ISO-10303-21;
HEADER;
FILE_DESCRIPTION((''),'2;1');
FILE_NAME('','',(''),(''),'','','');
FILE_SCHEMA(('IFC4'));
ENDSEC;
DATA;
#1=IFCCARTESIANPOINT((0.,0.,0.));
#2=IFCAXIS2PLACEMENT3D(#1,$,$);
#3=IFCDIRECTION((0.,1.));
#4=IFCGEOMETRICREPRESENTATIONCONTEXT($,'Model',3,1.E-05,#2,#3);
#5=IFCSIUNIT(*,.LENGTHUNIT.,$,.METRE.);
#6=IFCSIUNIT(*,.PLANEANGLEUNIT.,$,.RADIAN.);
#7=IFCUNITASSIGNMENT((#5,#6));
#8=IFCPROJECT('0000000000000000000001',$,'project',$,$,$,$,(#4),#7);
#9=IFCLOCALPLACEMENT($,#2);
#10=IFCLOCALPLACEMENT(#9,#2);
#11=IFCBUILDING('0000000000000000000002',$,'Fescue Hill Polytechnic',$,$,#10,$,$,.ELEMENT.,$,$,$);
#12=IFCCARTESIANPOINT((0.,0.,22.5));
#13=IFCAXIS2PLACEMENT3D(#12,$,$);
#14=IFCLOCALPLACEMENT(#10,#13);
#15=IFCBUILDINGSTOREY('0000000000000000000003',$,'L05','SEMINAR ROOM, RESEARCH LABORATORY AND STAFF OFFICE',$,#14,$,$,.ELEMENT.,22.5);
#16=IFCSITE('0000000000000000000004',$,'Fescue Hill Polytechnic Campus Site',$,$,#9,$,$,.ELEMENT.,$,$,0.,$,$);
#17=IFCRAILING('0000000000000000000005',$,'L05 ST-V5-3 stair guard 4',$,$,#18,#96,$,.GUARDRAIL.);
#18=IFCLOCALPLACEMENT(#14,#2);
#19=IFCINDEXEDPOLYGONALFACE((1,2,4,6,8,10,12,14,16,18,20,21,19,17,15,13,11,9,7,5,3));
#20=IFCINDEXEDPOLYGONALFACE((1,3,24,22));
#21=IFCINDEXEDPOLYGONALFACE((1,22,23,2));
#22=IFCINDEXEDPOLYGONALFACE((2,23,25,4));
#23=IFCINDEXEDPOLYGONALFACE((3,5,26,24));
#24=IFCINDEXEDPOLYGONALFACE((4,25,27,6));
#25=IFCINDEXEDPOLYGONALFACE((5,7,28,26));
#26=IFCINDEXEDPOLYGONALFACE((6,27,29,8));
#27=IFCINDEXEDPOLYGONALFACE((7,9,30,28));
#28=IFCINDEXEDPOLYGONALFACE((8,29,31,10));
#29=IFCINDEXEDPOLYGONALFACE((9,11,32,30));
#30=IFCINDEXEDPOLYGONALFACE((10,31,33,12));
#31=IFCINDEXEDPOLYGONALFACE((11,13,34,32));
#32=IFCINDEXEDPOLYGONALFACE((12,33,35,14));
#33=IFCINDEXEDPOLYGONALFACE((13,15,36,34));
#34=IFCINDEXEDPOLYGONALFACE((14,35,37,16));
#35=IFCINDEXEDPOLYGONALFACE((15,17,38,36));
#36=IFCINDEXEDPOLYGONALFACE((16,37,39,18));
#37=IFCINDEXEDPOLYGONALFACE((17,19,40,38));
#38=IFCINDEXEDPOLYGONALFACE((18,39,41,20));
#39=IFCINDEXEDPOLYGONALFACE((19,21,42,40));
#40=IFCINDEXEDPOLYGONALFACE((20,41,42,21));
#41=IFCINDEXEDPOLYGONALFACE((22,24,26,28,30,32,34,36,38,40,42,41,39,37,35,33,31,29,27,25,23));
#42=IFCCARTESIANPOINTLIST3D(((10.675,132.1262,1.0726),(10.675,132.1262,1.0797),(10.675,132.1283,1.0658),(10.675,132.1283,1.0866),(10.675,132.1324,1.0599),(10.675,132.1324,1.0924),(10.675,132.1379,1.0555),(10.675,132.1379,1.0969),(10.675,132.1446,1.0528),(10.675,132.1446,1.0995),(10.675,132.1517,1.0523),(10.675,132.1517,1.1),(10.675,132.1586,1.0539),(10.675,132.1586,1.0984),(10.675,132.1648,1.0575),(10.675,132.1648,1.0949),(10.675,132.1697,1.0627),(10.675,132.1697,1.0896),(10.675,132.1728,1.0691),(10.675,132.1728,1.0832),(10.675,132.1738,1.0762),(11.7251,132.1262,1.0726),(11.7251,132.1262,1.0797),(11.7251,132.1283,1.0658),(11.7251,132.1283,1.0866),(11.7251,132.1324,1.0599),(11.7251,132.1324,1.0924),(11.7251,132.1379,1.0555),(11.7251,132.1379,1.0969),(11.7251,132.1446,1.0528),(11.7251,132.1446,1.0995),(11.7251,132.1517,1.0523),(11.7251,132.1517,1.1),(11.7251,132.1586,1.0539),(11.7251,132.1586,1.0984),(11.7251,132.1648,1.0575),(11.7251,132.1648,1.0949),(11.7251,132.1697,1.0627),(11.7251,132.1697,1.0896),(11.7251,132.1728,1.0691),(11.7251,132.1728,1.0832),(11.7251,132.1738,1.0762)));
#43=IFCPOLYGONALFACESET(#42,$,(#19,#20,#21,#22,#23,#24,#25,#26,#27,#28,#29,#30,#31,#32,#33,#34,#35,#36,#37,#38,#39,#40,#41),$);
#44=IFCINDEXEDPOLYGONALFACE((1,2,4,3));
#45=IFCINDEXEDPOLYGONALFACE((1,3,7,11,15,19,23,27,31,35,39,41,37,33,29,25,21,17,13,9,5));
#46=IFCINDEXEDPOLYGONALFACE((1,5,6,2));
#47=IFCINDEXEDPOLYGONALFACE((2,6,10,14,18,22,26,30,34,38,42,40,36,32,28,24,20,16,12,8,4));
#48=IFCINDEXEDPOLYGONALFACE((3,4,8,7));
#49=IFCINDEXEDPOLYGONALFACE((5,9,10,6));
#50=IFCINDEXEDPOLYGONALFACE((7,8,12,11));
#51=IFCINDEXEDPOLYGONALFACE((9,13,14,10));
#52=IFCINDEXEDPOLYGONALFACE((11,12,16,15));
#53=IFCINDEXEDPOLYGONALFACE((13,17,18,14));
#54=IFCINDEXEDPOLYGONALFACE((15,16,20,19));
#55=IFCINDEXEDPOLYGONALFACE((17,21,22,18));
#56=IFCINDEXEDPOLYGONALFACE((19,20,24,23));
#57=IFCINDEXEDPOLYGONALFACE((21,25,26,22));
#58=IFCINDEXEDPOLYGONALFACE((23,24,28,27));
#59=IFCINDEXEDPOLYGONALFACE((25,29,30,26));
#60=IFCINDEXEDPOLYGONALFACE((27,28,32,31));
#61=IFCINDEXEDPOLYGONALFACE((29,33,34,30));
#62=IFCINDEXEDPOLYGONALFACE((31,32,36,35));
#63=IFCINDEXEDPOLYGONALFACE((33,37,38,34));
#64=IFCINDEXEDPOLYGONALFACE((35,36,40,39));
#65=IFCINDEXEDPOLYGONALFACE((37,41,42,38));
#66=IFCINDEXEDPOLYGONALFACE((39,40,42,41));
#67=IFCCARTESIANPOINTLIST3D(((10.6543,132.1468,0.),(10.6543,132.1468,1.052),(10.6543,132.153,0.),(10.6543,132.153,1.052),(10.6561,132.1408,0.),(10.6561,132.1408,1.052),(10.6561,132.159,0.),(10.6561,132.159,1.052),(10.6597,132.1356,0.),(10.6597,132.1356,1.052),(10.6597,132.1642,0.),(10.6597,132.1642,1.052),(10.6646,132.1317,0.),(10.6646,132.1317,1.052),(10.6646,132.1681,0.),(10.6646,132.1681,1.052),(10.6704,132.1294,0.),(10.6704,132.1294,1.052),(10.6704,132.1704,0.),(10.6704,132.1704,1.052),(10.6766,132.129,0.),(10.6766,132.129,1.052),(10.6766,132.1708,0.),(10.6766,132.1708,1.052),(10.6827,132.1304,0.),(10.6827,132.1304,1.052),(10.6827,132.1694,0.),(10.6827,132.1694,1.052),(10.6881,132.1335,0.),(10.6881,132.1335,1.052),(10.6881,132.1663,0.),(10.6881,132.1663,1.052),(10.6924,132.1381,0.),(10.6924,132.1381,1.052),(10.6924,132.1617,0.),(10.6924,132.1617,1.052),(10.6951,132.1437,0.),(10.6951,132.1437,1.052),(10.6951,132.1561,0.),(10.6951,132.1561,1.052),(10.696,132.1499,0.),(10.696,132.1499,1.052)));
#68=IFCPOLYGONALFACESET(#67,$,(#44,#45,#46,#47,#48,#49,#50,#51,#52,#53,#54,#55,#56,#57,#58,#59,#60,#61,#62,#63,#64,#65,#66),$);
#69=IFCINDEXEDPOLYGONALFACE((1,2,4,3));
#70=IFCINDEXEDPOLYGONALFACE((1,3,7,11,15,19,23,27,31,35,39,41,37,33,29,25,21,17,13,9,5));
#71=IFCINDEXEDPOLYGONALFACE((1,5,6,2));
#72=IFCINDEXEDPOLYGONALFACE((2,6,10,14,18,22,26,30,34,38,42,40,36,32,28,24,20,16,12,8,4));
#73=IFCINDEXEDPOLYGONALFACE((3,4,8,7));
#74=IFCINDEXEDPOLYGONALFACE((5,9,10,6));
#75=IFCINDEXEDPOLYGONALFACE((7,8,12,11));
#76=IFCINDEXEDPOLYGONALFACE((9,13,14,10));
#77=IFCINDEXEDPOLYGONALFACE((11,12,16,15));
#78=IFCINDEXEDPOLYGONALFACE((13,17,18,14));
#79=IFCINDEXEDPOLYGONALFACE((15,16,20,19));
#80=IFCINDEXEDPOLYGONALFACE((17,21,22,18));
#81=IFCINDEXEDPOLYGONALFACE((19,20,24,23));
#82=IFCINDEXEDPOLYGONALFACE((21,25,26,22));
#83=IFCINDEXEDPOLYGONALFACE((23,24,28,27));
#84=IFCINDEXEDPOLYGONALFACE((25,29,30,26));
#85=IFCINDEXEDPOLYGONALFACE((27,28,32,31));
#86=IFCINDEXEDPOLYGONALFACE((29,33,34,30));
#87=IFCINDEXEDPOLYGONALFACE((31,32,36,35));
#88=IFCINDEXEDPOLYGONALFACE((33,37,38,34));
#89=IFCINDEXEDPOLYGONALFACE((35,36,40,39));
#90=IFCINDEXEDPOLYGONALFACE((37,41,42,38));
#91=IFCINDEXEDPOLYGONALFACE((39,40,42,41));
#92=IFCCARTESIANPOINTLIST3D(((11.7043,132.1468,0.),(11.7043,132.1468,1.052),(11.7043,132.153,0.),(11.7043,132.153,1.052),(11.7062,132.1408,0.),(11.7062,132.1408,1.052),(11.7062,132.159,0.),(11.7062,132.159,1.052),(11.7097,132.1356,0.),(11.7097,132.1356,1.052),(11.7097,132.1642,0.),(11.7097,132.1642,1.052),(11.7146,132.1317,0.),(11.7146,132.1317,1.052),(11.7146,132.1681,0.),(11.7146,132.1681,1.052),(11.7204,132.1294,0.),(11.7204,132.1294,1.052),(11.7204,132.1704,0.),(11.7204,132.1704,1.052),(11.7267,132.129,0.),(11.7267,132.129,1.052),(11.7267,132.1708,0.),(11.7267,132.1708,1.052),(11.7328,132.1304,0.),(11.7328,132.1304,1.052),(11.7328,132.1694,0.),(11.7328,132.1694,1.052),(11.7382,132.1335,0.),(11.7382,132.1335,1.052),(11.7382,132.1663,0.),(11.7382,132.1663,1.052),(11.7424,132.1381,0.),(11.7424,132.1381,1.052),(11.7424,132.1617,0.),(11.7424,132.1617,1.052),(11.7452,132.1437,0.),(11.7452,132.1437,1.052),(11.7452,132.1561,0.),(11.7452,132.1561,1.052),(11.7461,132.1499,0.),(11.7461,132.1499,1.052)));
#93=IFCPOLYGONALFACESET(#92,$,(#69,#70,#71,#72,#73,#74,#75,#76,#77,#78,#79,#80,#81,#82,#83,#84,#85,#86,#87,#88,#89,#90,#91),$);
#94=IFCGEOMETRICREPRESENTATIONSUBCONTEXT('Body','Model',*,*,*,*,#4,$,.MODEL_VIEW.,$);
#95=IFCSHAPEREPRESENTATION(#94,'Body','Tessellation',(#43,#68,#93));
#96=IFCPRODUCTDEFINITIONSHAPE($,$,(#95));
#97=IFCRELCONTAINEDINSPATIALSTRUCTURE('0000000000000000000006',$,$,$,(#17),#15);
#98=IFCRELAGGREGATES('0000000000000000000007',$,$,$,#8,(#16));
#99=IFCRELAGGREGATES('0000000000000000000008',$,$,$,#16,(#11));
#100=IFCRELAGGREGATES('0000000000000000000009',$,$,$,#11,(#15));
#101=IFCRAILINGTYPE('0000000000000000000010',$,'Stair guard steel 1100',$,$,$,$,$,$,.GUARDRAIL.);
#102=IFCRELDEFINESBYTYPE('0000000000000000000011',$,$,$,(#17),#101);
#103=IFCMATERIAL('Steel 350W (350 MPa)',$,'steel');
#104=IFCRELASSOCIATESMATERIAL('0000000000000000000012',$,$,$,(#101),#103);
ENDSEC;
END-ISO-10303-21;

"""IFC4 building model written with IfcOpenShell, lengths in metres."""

from ifc_helpers import new_model, si_unit, direction, frame, origin, origin_2d, place, context, subcontext, project, spatial, circle, extrude, material, type_object, element, save


model = new_model("IFC4")

# Units and contexts
model_context = context("Model", 3, precision=1e-05, world=origin(), true_north=direction((0.0, 1.0)))
body_context = subcontext(model_context, "Body", "Model", "MODEL_VIEW")
ifc_project = project(units=[si_unit("LENGTHUNIT", "METRE"), si_unit("PLANEANGLEUNIT", "RADIAN")], contexts=[model_context])

# Site, building, storey
site_placement = place(None, origin())
site = spatial("IfcSite", under=ifc_project, at=site_placement, Name="Fescue Hill Polytechnic Campus Site", CompositionType="ELEMENT", RefElevation=0.0)
building_placement = place(site_placement, origin())
building = spatial("IfcBuilding", under=site, at=building_placement, Name="Fescue Hill Polytechnic", CompositionType="ELEMENT")
storey_placement = place(building_placement, frame((0.0, 0.0, 22.5)))
storey = spatial("IfcBuildingStorey", under=building, at=storey_placement, Name="L05", Description="SEMINAR ROOM, RESEARCH LABORATORY AND STAFF OFFICE", CompositionType="ELEMENT", Elevation=22.5)

# Railing
ifc_material_1 = material(Name="Steel 350W (350 MPa)", Category="steel")
railing_type_1 = type_object("IfcRailingType", Name="Stair guard steel 1100", PredefinedType="GUARDRAIL", material=ifc_material_1)
railing_1_placement = place(storey_placement, frame((10.675, 132.1499, 0.0)))
element("IfcRailing", 1, at=railing_1_placement, inside=storey, type_object=railing_type_1, Name="L05 ST-V5-3 stair guard 4", PredefinedType="GUARDRAIL", context=body_context, shape_type="SweptSolid", body=[
    extrude(circle(Radius=0.0239, at=origin_2d()), frame((0.0, 0.0, 1.0762), z_axis=(1.0, 0.0, 0.0), x_axis=(0.0, 1.0, 0.0)), (0.0, 0.0, 1.0), 1.05),
    extrude(circle(Radius=0.021, at=origin_2d()), origin(), (0.0, 0.0, 1.0), 1.052),
    extrude(circle(Radius=0.021, at=origin_2d()), frame((1.05, 0.0, 0.0)), (0.0, 0.0, 1.0), 1.052),
])

save(model, "model.ifc")
